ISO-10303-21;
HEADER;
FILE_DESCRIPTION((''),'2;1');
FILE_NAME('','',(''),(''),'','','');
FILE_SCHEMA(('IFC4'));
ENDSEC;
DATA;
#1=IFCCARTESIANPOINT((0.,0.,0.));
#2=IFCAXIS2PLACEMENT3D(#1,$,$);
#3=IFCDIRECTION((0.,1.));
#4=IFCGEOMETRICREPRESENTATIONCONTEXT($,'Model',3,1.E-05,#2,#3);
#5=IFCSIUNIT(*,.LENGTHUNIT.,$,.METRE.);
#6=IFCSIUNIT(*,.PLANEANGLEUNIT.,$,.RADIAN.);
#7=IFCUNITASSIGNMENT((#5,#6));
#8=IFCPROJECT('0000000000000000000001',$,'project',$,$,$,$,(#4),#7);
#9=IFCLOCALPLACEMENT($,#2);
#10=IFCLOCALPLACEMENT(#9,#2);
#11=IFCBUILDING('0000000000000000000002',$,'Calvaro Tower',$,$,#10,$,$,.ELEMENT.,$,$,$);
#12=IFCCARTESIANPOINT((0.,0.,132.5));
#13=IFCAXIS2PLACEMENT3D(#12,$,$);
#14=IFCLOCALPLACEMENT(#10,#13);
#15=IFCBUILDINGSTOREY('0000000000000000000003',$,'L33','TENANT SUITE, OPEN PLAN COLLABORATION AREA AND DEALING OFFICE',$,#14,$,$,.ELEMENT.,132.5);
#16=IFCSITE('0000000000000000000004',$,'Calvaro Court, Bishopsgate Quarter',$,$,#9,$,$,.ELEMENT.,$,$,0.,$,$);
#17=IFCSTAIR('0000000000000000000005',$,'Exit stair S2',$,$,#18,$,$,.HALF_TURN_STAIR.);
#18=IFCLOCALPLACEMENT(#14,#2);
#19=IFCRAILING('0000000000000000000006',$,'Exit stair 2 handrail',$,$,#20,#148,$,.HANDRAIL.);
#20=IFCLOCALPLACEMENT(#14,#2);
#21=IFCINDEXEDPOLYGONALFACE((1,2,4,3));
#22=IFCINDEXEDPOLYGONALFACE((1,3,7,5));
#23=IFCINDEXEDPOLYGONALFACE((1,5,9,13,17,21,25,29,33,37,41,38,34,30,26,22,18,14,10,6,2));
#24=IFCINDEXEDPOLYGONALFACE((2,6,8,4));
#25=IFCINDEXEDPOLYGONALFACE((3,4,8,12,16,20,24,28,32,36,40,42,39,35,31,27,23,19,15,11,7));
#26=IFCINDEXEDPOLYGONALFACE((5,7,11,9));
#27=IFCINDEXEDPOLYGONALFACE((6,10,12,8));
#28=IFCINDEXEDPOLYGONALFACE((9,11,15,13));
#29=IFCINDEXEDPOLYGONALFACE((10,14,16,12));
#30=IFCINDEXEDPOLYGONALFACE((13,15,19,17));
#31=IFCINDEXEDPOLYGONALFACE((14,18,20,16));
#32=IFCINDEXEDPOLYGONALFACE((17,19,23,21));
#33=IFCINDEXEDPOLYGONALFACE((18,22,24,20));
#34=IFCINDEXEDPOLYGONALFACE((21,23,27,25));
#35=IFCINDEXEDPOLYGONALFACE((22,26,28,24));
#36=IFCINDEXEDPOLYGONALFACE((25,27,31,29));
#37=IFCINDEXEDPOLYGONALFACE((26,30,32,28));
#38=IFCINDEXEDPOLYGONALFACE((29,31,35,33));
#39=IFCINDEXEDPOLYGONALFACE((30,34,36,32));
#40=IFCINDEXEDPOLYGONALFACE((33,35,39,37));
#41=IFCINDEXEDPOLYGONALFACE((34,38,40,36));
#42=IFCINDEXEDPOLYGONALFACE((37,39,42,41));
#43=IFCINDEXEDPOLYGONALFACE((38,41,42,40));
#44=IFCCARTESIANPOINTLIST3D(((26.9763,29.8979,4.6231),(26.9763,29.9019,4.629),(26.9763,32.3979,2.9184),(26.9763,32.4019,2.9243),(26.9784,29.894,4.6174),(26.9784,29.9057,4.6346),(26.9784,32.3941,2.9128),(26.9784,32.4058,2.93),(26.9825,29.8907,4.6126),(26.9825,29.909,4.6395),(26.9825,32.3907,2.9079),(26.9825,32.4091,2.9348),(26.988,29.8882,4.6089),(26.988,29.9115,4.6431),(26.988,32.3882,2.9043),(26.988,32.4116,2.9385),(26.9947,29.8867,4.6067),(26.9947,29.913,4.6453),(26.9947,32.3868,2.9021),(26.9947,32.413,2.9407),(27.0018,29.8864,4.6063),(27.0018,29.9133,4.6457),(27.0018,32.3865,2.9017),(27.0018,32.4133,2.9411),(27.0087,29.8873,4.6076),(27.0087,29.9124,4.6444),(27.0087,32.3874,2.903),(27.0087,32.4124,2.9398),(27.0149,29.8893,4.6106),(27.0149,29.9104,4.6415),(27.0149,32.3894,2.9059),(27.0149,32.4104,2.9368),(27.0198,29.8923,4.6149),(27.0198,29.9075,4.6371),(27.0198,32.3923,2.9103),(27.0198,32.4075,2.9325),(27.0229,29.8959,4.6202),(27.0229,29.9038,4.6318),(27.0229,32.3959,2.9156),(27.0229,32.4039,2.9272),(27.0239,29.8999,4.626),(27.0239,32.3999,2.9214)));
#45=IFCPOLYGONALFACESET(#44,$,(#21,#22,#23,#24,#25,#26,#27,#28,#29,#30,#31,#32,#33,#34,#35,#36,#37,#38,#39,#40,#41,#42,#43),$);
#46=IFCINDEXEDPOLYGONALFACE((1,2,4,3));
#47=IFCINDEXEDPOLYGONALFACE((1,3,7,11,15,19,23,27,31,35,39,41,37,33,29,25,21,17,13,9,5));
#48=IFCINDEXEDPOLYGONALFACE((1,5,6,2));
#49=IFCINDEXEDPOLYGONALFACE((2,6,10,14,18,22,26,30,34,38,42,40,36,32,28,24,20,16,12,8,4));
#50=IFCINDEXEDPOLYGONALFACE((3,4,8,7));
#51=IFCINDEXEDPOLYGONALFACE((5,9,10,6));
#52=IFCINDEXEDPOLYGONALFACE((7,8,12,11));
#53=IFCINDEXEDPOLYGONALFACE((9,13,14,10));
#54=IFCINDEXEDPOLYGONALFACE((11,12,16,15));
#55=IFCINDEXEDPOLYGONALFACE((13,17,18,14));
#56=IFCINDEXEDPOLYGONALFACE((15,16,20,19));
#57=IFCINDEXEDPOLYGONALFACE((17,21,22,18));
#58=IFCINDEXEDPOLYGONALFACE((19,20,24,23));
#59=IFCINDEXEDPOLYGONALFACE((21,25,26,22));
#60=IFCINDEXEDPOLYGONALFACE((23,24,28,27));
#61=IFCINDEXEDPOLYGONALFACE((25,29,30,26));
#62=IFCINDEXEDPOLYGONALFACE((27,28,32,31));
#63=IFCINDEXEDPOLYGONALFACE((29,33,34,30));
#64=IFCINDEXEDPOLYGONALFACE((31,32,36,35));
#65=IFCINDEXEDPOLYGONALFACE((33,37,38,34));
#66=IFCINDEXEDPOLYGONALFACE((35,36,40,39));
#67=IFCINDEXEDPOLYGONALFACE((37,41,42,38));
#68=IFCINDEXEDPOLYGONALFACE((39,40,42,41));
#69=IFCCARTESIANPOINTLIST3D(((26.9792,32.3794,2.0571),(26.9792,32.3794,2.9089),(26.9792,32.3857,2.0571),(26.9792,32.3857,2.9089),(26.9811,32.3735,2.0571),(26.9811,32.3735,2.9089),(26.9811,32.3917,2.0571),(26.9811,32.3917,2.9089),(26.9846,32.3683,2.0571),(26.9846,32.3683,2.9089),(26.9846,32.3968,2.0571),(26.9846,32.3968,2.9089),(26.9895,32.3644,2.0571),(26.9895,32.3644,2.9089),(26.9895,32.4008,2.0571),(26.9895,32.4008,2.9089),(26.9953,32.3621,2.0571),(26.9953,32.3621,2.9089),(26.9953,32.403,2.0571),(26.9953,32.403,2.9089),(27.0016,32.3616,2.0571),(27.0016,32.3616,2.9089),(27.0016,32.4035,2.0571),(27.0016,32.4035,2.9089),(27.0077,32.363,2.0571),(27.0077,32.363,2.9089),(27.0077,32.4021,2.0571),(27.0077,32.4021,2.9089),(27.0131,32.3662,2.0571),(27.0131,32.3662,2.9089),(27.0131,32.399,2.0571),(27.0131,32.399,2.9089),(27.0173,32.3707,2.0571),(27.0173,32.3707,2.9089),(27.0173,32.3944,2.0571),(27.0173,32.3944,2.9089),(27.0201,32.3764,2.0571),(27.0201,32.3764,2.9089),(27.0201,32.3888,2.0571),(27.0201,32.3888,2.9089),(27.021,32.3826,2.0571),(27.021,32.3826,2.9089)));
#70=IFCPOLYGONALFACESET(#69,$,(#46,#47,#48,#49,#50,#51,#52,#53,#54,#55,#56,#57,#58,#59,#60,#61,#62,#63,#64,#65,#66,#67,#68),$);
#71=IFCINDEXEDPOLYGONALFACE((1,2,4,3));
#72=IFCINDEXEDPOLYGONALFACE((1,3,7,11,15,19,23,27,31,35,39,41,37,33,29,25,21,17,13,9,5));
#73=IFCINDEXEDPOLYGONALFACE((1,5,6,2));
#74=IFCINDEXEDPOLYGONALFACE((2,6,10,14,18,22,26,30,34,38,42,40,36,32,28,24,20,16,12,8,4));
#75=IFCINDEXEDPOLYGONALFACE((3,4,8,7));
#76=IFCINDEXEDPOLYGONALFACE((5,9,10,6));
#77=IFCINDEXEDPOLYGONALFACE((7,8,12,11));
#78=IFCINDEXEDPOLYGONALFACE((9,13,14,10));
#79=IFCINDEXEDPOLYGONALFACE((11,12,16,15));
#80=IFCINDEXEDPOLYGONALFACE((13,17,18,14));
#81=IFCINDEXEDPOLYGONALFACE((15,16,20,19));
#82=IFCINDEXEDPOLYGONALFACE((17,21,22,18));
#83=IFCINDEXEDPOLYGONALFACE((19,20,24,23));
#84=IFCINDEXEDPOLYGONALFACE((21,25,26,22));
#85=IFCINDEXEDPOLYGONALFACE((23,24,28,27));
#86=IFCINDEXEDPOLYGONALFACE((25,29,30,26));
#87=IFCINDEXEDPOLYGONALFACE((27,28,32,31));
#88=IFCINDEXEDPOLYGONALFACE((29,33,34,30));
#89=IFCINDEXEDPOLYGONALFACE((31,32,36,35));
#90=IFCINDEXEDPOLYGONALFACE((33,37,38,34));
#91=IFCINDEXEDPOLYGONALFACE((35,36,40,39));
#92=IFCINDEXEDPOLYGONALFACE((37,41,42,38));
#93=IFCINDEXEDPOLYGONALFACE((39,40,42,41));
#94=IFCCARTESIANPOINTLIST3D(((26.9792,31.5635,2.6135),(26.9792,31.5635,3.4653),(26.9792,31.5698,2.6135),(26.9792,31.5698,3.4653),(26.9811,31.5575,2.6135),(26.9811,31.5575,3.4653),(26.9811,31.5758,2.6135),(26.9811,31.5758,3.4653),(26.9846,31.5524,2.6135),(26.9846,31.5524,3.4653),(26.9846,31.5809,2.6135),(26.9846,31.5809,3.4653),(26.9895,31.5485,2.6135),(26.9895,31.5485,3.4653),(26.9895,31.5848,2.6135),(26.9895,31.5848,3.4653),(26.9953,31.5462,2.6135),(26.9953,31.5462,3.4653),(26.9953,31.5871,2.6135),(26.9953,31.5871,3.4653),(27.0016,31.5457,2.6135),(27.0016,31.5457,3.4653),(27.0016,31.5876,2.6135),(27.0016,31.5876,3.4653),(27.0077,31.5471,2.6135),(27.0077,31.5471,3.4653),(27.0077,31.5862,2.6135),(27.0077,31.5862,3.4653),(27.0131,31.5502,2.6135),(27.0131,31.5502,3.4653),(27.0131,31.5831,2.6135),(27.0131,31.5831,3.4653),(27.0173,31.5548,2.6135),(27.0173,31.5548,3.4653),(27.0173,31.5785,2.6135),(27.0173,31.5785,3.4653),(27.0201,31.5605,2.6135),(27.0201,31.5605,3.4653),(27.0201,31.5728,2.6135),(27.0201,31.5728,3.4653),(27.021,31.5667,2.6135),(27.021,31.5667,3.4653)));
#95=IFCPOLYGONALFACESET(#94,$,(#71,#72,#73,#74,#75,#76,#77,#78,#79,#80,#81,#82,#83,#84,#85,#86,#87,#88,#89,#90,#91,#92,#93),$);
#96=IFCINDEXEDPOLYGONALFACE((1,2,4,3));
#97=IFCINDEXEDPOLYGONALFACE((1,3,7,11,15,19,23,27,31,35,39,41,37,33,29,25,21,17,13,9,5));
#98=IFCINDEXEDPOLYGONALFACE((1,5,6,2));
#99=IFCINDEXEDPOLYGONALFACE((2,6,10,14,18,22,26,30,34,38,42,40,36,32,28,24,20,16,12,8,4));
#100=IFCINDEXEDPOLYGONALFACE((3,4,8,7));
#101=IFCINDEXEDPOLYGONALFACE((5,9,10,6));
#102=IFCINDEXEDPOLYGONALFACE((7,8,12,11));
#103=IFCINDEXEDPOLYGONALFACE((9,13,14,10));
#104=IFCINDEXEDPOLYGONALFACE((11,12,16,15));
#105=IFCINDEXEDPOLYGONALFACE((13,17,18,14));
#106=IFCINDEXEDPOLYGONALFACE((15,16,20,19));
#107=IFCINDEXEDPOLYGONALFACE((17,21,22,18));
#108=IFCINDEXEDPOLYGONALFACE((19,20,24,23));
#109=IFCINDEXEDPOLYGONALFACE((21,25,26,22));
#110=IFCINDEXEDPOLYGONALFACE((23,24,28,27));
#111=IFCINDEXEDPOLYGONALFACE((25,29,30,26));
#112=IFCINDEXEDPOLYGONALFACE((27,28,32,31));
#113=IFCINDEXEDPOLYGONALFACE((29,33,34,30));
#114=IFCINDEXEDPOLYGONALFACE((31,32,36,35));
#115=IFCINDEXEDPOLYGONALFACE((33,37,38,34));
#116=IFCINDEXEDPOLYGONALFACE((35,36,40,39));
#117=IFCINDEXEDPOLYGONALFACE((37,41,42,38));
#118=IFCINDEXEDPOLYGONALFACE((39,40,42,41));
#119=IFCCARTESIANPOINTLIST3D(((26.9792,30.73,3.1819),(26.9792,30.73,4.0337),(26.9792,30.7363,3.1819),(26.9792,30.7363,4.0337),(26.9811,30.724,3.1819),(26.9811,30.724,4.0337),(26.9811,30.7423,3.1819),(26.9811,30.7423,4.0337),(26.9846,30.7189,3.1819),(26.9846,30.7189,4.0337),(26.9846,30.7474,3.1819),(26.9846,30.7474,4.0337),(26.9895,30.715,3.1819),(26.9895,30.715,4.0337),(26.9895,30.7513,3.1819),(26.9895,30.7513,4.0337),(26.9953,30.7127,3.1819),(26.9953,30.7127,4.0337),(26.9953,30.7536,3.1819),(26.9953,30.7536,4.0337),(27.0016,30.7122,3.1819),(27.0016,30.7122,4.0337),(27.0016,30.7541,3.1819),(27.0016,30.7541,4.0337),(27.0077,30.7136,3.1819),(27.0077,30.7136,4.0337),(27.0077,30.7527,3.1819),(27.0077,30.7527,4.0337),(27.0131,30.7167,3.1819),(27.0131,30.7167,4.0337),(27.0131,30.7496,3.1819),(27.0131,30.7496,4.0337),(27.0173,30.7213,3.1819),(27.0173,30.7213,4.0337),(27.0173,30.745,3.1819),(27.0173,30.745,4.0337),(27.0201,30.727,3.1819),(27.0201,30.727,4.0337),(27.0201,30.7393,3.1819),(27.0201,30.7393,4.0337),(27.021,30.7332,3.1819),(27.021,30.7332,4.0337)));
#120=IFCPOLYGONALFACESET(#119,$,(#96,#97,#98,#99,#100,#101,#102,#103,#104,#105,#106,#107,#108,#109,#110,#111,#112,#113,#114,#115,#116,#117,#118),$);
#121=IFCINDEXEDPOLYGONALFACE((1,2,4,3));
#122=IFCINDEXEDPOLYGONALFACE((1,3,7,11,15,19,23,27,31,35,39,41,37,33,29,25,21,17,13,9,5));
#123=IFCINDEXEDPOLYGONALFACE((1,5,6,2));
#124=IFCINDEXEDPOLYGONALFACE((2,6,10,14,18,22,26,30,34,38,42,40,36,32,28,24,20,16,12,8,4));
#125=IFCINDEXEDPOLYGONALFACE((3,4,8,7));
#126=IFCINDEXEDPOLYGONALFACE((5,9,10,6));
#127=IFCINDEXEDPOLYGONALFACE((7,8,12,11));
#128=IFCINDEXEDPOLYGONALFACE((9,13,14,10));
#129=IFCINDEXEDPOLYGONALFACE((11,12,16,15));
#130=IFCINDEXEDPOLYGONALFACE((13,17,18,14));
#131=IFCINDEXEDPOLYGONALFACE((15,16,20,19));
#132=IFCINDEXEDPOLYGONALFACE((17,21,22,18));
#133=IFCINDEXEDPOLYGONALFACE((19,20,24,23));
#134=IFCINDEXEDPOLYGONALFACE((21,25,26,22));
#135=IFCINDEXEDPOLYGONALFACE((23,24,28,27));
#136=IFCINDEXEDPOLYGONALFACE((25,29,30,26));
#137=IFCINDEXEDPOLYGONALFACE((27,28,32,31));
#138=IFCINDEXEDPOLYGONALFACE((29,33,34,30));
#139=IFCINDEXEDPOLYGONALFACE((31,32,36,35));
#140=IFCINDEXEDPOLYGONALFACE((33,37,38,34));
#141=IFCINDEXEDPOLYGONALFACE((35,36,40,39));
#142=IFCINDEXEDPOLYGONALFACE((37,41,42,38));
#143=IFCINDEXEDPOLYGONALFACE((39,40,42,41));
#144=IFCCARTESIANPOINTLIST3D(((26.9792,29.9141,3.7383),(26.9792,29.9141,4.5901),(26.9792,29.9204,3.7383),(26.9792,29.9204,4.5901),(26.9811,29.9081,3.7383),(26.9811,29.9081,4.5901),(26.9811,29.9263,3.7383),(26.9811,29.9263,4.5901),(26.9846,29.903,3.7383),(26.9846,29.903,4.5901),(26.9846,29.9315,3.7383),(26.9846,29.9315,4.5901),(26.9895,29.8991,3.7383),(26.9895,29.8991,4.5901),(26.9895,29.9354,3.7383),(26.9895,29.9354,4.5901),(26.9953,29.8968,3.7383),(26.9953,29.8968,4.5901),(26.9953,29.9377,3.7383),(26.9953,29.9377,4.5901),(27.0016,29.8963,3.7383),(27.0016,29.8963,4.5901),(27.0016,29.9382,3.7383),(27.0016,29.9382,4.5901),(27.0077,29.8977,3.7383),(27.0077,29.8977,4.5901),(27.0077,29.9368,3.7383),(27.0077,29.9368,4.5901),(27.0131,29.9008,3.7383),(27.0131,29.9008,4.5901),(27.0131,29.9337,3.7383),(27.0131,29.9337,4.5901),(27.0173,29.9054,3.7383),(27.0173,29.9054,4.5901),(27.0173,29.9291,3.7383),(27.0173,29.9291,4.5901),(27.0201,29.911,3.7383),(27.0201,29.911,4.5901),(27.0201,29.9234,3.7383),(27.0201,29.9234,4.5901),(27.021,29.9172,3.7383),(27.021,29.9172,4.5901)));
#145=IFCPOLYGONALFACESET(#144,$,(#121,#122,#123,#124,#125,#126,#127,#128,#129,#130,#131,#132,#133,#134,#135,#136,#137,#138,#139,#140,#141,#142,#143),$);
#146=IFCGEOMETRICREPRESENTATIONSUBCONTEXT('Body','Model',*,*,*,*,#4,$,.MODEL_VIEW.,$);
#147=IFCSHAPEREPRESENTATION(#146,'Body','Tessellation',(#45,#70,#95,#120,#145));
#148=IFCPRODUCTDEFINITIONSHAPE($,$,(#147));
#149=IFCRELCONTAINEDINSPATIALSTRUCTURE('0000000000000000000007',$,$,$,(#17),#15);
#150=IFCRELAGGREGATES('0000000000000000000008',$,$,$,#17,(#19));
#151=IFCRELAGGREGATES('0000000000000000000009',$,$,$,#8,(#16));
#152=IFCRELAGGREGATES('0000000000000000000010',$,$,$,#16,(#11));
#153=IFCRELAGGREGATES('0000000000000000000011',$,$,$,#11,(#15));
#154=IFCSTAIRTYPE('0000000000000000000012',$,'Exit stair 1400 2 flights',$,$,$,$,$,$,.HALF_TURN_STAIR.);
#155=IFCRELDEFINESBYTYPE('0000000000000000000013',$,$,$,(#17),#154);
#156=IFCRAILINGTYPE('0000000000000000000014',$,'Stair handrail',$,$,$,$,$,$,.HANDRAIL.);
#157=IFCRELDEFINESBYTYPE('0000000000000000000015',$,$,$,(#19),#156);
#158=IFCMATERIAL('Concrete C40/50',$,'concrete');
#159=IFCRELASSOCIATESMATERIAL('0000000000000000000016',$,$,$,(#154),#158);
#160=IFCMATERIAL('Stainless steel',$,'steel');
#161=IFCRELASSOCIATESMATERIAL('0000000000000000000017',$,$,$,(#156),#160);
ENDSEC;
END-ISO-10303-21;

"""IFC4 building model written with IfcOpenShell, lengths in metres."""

from ifc_helpers import new_model, si_unit, direction, frame, origin, origin_2d, place, context, subcontext, project, spatial, circle, extrude, material, type_object, element, aggregate, save


model = new_model("IFC4")

# Units and contexts
model_context = context("Model", 3, precision=1e-05, world=origin(), true_north=direction((0.0, 1.0)))
body_context = subcontext(model_context, "Body", "Model", "MODEL_VIEW")
ifc_project = project(units=[si_unit("LENGTHUNIT", "METRE"), si_unit("PLANEANGLEUNIT", "RADIAN")], contexts=[model_context])

# Site, building, storey
site_placement = place(None, origin())
site = spatial("IfcSite", under=ifc_project, at=site_placement, Name="Calvaro Court, Bishopsgate Quarter", CompositionType="ELEMENT", RefElevation=0.0)
building_placement = place(site_placement, origin())
building = spatial("IfcBuilding", under=site, at=building_placement, Name="Calvaro Tower", CompositionType="ELEMENT")
storey_placement = place(building_placement, frame((0.0, 0.0, 132.5)))
storey = spatial("IfcBuildingStorey", under=building, at=storey_placement, Name="L33", Description="TENANT SUITE, OPEN PLAN COLLABORATION AREA AND DEALING OFFICE", CompositionType="ELEMENT", Elevation=132.5)

# Stair, railing
ifc_material_1 = material(Name="Concrete C40/50", Category="concrete")
stair_type = type_object("IfcStairType", Name="Exit stair 1400 2 flights", PredefinedType="HALF_TURN_STAIR", material=ifc_material_1)
stair_placement = place(storey_placement, origin())
stair = element("IfcStair", 1, at=stair_placement, inside=storey, type_object=stair_type, Name="Exit stair S2", PredefinedType="HALF_TURN_STAIR")
ifc_material_2 = material(Name="Stainless steel", Category="steel")
railing_type = type_object("IfcRailingType", Name="Stair handrail", PredefinedType="HANDRAIL", material=ifc_material_2)
railing_1_placement = place(storey_placement, frame((27.0, 32.3999, 2.0454)))
railing_1 = element("IfcRailing", 2, at=railing_1_placement, type_object=railing_type, Name="Exit stair 2 handrail", PredefinedType="HANDRAIL", context=body_context, shape_type="SweptSolid", body=[
    extrude(circle(Radius=0.0239, at=origin_2d()), frame((0.0, 0.0, 0.876), z_axis=(0.0, -0.826221, 0.563347), x_axis=(1.0, 0.0, 0.0)), (0.0, 0.0, 1.0), 3.0259),
    extrude(circle(Radius=0.021, at=origin_2d()), frame((0.0, -0.0173, 0.0117)), (0.0, 0.0, 1.0), 0.8518),
    extrude(circle(Radius=0.021, at=origin_2d()), frame((0.0, -0.8333, 0.5681)), (0.0, 0.0, 1.0), 0.8518),
    extrude(circle(Radius=0.021, at=origin_2d()), frame((0.0, -1.6667, 1.1365)), (0.0, 0.0, 1.0), 0.8518),
    extrude(circle(Radius=0.021, at=origin_2d()), frame((0.0, -2.4827, 1.6929)), (0.0, 0.0, 1.0), 0.8518),
])
aggregate(stair, [railing_1])

save(model, "model.ifc")
